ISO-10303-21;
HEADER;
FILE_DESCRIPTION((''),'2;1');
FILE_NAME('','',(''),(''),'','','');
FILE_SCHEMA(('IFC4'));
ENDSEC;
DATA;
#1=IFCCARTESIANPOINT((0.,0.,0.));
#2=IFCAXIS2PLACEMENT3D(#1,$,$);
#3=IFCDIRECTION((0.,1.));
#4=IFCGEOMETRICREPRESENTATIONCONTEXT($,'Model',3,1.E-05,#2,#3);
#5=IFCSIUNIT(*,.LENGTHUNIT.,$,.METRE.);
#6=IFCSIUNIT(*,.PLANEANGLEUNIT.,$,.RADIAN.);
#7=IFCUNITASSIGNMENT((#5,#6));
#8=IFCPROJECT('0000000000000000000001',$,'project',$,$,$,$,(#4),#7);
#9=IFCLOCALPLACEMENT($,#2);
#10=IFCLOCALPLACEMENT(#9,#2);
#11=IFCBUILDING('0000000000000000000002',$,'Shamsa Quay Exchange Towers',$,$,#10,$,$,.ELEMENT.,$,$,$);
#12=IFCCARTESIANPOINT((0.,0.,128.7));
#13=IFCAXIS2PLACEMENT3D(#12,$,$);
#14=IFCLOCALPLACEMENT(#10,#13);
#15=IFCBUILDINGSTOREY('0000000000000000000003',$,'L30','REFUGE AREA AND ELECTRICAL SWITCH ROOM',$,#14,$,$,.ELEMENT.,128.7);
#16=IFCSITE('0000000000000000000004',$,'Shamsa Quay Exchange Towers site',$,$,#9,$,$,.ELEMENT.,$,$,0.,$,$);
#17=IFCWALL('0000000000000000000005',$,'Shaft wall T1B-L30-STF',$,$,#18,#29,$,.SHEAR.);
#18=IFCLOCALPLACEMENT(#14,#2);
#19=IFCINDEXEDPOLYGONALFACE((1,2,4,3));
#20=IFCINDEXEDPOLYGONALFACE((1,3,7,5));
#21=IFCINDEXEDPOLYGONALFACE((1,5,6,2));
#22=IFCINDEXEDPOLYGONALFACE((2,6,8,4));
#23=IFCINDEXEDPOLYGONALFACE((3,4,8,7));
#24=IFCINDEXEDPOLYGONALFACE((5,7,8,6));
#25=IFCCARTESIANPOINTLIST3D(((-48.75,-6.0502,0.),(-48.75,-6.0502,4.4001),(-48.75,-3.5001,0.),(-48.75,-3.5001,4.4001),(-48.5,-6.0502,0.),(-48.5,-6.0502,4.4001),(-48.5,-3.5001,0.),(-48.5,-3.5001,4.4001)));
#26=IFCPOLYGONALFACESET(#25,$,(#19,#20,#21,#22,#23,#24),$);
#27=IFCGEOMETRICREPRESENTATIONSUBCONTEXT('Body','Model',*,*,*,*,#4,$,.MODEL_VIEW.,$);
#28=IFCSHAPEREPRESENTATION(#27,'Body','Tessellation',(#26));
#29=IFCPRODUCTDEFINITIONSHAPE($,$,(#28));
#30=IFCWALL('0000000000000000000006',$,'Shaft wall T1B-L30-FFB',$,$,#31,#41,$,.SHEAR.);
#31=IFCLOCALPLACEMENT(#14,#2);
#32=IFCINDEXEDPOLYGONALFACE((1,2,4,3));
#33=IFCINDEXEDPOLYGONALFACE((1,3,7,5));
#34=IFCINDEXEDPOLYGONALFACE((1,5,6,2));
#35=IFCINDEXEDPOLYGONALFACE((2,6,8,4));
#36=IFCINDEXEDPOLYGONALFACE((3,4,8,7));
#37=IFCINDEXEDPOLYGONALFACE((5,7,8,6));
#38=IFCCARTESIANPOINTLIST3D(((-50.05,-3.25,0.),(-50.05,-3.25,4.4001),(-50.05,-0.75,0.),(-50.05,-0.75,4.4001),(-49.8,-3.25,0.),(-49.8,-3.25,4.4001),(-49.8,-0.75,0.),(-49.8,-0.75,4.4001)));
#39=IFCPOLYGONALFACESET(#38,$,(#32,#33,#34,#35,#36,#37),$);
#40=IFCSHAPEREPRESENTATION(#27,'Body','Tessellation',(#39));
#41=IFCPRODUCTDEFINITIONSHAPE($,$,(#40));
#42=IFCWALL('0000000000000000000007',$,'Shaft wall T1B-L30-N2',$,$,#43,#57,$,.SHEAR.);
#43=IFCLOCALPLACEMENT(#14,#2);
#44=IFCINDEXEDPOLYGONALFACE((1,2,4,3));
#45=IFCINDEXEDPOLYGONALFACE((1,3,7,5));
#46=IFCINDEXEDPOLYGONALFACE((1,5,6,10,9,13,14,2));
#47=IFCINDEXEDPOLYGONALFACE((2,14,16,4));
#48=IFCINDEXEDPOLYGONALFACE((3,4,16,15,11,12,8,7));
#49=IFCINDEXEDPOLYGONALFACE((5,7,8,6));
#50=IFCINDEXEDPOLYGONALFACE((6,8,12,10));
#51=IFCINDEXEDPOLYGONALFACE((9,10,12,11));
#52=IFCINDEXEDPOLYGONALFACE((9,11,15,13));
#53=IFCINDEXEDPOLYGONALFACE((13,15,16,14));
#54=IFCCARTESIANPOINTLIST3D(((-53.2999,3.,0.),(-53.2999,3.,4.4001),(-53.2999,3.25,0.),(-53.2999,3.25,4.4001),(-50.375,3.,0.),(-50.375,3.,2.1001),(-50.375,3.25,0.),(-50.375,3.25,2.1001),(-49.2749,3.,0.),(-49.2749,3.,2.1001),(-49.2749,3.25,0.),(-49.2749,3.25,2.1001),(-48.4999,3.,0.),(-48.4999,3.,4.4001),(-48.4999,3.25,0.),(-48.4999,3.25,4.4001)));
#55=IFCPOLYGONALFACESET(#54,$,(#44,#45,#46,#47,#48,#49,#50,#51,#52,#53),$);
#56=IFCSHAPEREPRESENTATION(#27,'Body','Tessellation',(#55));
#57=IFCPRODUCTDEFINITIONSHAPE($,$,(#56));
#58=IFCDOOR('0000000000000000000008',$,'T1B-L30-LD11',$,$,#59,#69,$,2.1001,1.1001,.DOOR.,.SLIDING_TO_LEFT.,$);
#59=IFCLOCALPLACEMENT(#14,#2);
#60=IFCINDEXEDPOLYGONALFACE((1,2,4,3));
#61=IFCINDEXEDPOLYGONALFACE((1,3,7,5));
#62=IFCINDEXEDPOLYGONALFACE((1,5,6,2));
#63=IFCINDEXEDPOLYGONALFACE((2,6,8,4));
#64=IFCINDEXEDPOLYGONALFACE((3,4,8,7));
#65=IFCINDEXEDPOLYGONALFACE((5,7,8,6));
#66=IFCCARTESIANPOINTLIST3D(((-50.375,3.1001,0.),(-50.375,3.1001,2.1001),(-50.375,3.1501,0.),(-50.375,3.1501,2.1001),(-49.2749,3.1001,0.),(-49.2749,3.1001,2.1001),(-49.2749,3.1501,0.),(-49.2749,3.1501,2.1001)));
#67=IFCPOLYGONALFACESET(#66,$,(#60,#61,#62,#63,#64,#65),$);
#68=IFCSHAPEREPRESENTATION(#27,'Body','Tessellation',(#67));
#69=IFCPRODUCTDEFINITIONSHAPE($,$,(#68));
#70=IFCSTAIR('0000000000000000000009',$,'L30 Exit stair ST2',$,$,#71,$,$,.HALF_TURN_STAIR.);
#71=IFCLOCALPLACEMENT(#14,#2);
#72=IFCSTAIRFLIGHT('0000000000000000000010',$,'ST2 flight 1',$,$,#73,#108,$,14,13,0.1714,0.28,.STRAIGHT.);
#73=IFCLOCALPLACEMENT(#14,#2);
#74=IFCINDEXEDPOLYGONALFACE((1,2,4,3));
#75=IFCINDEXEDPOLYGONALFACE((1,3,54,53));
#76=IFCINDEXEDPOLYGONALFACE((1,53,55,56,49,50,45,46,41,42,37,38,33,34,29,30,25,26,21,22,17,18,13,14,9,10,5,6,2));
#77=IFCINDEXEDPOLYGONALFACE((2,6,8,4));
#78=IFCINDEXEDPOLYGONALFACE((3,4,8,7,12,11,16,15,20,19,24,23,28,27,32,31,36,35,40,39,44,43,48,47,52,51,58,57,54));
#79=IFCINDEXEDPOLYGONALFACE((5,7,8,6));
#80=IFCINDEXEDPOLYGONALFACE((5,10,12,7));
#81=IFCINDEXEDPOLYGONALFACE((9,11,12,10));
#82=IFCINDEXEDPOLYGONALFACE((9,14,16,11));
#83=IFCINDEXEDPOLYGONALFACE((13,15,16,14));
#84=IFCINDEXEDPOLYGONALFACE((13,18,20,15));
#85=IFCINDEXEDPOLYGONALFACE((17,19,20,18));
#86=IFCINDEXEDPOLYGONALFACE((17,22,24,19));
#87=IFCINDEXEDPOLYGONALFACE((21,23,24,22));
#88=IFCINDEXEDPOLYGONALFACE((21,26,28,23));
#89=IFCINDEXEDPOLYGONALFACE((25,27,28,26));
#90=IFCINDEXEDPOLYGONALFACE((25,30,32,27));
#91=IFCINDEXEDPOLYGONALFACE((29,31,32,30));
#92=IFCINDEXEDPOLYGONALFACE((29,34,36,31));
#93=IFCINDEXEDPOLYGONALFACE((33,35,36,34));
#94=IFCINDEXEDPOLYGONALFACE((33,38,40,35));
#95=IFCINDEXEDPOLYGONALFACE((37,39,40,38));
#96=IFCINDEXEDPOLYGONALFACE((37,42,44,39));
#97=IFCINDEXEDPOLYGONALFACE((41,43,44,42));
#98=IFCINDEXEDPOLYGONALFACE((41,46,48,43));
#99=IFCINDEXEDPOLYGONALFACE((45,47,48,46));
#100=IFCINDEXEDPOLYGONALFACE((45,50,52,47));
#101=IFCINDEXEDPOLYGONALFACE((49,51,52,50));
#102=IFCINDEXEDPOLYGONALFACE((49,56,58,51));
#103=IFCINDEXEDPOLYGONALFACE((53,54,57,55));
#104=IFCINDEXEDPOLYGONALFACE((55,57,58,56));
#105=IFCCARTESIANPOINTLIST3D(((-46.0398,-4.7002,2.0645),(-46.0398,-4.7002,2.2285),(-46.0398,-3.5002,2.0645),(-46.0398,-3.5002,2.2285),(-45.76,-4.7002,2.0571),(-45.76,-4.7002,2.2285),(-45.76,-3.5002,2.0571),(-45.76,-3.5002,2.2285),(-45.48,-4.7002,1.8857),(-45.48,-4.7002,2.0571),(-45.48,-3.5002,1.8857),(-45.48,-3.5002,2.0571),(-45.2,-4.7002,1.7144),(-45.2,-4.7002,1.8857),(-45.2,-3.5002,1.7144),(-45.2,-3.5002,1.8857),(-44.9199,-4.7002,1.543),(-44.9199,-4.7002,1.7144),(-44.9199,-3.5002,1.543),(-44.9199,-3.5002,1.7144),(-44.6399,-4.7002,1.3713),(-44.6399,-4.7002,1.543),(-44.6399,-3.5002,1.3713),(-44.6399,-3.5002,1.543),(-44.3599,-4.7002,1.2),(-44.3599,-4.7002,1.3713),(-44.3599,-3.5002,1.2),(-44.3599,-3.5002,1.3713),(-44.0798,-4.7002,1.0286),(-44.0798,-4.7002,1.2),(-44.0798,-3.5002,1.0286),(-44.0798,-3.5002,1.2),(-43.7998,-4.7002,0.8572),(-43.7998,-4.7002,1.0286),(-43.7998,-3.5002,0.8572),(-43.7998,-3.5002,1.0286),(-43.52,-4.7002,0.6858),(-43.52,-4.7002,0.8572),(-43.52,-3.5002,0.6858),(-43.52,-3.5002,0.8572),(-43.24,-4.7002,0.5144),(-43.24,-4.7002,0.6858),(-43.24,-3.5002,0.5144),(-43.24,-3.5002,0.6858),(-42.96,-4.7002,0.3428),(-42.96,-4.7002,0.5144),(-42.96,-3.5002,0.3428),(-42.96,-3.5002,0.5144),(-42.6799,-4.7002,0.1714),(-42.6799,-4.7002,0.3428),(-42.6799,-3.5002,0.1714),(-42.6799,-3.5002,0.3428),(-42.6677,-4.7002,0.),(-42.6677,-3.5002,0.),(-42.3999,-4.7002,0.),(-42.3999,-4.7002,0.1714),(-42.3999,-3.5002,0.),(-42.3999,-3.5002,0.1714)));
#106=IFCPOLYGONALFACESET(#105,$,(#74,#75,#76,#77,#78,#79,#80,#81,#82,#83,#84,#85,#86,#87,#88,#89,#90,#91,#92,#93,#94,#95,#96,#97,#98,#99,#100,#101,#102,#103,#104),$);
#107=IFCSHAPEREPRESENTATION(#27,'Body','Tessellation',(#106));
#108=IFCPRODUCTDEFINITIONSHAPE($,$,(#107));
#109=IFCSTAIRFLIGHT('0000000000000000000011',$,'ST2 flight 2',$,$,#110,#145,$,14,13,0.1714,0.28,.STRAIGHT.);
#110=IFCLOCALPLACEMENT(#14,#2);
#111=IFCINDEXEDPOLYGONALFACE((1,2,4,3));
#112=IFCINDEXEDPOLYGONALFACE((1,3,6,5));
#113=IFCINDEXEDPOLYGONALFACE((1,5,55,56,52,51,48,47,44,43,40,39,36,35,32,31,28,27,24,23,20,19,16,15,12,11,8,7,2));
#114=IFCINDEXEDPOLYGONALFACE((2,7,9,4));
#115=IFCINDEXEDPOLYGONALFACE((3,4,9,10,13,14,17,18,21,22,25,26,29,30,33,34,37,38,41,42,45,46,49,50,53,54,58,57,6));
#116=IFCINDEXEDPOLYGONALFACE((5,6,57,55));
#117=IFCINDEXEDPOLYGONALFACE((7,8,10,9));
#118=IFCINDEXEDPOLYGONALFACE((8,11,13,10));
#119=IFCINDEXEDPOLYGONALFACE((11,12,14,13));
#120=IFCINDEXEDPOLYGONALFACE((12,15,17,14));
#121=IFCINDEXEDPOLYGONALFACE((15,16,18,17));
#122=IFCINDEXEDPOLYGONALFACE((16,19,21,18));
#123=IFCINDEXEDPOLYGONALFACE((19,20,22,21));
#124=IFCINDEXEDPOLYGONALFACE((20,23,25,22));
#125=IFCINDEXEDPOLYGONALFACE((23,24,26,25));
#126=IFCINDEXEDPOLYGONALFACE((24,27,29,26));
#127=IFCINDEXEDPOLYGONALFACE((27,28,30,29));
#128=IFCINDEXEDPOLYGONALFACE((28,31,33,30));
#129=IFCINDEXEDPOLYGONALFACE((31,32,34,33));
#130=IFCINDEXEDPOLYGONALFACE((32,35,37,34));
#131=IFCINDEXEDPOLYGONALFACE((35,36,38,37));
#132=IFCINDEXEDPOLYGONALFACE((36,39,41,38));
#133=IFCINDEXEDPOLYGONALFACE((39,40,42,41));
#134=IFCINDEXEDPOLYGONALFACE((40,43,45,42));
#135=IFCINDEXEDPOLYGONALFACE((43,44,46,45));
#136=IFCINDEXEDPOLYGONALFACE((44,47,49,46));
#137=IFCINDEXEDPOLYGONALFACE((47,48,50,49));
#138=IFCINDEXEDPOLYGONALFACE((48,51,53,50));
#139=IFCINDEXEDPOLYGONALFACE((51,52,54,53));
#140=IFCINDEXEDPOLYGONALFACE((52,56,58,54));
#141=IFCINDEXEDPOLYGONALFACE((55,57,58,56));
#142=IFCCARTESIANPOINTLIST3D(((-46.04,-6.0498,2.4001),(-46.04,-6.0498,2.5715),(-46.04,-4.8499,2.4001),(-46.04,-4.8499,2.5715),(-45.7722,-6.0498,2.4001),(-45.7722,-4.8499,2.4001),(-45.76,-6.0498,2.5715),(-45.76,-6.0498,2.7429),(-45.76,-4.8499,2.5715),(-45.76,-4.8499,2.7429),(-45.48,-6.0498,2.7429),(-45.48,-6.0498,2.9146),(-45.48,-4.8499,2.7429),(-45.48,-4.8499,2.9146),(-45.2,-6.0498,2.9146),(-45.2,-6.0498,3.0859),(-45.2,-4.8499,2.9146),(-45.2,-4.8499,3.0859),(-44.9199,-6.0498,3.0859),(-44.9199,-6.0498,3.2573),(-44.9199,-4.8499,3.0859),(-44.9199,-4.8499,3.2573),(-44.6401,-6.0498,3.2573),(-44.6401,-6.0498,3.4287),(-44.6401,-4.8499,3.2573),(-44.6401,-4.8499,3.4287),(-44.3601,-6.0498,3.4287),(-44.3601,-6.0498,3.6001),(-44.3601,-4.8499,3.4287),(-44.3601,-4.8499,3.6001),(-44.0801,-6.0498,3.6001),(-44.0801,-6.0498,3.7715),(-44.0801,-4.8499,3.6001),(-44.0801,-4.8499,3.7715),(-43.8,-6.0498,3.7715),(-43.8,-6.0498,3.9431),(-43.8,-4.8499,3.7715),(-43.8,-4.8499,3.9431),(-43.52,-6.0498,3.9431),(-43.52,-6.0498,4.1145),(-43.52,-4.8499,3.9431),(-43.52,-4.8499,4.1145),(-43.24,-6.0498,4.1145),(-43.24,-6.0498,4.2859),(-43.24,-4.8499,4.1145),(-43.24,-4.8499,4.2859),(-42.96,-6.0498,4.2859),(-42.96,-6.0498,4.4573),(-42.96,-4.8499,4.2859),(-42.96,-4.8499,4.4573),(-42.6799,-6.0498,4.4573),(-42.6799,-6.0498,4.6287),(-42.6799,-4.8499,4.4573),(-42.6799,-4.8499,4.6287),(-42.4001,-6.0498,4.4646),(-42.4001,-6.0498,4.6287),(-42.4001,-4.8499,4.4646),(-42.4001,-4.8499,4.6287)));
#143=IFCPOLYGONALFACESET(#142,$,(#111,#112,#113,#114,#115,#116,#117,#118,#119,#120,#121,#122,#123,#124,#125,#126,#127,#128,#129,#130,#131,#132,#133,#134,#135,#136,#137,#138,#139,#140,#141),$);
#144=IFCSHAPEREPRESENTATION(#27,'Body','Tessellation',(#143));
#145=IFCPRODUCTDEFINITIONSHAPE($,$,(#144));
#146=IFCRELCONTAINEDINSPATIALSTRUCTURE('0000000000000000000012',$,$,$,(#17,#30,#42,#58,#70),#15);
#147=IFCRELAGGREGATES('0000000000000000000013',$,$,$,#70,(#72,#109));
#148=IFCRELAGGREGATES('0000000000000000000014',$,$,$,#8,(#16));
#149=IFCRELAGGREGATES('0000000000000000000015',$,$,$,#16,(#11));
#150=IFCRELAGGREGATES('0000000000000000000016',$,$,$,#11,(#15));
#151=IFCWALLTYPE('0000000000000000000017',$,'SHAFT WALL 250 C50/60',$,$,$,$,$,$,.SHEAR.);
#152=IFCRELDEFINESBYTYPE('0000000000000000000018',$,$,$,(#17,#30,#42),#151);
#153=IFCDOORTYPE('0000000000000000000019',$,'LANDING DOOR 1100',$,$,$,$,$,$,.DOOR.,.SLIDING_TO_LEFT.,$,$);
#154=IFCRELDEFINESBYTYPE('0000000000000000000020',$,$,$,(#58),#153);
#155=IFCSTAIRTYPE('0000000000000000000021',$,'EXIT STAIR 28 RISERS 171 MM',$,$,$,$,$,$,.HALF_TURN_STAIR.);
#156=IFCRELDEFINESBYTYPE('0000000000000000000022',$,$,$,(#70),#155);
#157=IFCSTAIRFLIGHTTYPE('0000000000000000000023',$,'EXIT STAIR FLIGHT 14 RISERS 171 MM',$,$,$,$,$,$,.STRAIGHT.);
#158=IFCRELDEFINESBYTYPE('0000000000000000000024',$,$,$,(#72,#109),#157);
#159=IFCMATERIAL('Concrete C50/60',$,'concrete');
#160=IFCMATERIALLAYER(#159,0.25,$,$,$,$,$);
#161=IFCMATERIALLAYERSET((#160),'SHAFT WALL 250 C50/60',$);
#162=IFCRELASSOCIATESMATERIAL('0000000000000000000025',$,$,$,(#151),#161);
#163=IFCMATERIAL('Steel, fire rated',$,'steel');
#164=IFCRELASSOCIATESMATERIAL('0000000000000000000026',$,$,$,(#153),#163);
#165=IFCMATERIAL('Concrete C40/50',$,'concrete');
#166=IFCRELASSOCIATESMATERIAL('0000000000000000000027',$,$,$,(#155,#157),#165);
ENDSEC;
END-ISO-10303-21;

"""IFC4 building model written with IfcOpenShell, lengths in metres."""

from ifc_helpers import new_model, si_unit, direction, frame, frame_2d, origin, place, context, subcontext, project, spatial, polyline, rectangle, outline, extrude, material, layer, layer_set, type_object, element, fill, aggregate, save


model = new_model("IFC4")

# Units and contexts
model_context = context("Model", 3, precision=1e-05, world=origin(), true_north=direction((0.0, 1.0)))
body_context = subcontext(model_context, "Body", "Model", "MODEL_VIEW")
ifc_project = project(units=[si_unit("LENGTHUNIT", "METRE"), si_unit("PLANEANGLEUNIT", "RADIAN")], contexts=[model_context])

# Site, building, storey
site_placement = place(None, origin())
site = spatial("IfcSite", under=ifc_project, at=site_placement, Name="Shamsa Quay Exchange Towers site", CompositionType="ELEMENT", RefElevation=0.0)
building_placement = place(site_placement, origin())
building = spatial("IfcBuilding", under=site, at=building_placement, Name="Shamsa Quay Exchange Towers", CompositionType="ELEMENT")
storey_placement = place(building_placement, frame((0.0, 0.0, 128.7)))
storey = spatial("IfcBuildingStorey", under=building, at=storey_placement, Name="L30", Description="REFUGE AREA AND ELECTRICAL SWITCH ROOM", CompositionType="ELEMENT", Elevation=128.7)

# Shared definitions
ifc_material_1 = material(Name="Steel, fire rated", Category="steel")

# Wall
ifc_material_2 = material(Name="Concrete C50/60", Category="concrete")
ifc_layer_1 = layer(ifc_material_2, 0.25)
ifc_layer_set_1 = layer_set([ifc_layer_1], Name="SHAFT WALL 250 C50/60")
wall_type_1 = type_object("IfcWallType", Name="SHAFT WALL 250 C50/60", PredefinedType="SHEAR", material=ifc_layer_set_1)
wall_1_placement = place(storey_placement, frame((-48.625, -6.05, 0.0), z_axis=(0.0, 0.0, 1.0), x_axis=(0.0, 1.0, 0.0)))
element("IfcWall", 1, at=wall_1_placement, inside=storey, type_object=wall_type_1, Name="Shaft wall T1B-L30-STF", PredefinedType="SHEAR", context=body_context, shape_type="SweptSolid", body=[
    extrude(rectangle(XDim=2.55, YDim=0.25, at=frame_2d((1.2749, 0.0))), origin(), (0.0, 0.0, 1.0), 4.4001),
])

# Wall
wall_2_placement = place(storey_placement, frame((-49.925, -3.25, 0.0), z_axis=(0.0, 0.0, 1.0), x_axis=(0.0, 1.0, 0.0)))
element("IfcWall", 2, at=wall_2_placement, inside=storey, type_object=wall_type_1, Name="Shaft wall T1B-L30-FFB", PredefinedType="SHEAR", context=body_context, shape_type="SweptSolid", body=[
    extrude(rectangle(XDim=2.5, YDim=0.25, at=frame_2d((1.25, 0.0))), origin(), (0.0, 0.0, 1.0), 4.4001),
])

# Wall, opening, door
wall_3_placement = place(storey_placement, frame((-48.5, 3.125, 0.0), z_axis=(0.0, 0.0, 1.0), x_axis=(-1.0, 0.0, 0.0)))
wall_3 = element("IfcWall", 3, at=wall_3_placement, inside=storey, type_object=wall_type_1, Name="Shaft wall T1B-L30-N2", PredefinedType="SHEAR", context=body_context, shape_type="SweptSolid", body=[
    extrude(rectangle(XDim=4.8, YDim=0.25, at=frame_2d((2.3999, 0.0))), origin(), (0.0, 0.0, 1.0), 4.4001),
])
opening_1_placement = place(wall_3_placement, frame((0.7749, 0.0, 0.0)))
opening_1 = element("IfcOpeningElement", 4, at=opening_1_placement, cuts=wall_3, PredefinedType="OPENING", context=body_context, shape_type="SweptSolid", body=[
    extrude(rectangle(XDim=1.1001, YDim=2.1001, at=frame_2d((0.55, 1.05))), frame((0.0, 0.135, 0.0), z_axis=(0.0, -1.0, 0.0), x_axis=(1.0, 0.0, 0.0)), (0.0, 0.0, 1.0), 0.27),
])
door_type_1 = type_object("IfcDoorType", Name="LANDING DOOR 1100", OperationType="SLIDING_TO_LEFT", PredefinedType="DOOR", material=ifc_material_1)
door_1_placement = place(opening_1_placement, origin())
door_1 = element("IfcDoor", 5, at=door_1_placement, inside=storey, type_object=door_type_1, Name="T1B-L30-LD11", OperationType="SLIDING_TO_LEFT", OverallHeight=2.1001, OverallWidth=1.1001, PredefinedType="DOOR", context=body_context, shape_type="SweptSolid", body=[
    extrude(rectangle(XDim=1.1001, YDim=2.1001, at=frame_2d((0.55, 1.05))), frame((0.0, 0.0249, 0.0), z_axis=(0.0, -1.0, 0.0), x_axis=(1.0, 0.0, 0.0)), (0.0, 0.0, 1.0), 0.05),
])
fill(opening_1, door_1)

# Stair, stair flights
ifc_material_3 = material(Name="Concrete C40/50", Category="concrete")
stair_type = type_object("IfcStairType", Name="EXIT STAIR 28 RISERS 171 MM", PredefinedType="HALF_TURN_STAIR", material=ifc_material_3)
stair_placement = place(storey_placement, origin())
stair = element("IfcStair", 6, at=stair_placement, inside=storey, type_object=stair_type, Name="L30 Exit stair ST2", PredefinedType="HALF_TURN_STAIR")
stair_flight_type = type_object("IfcStairFlightType", Name="EXIT STAIR FLIGHT 14 RISERS 171 MM", PredefinedType="STRAIGHT", material=ifc_material_3)
stair_flight_1_placement = place(storey_placement, frame((-42.3999, -4.1001, 0.0), z_axis=(0.0, 0.0, 1.0), x_axis=(-1.0, 0.0, 0.0)))
stair_flight_1 = element("IfcStairFlight", 7, at=stair_flight_1_placement, type_object=stair_flight_type, Name="ST2 flight 1", NumberOfRisers=14, NumberOfTreads=13, PredefinedType="STRAIGHT", RiserHeight=0.1714, TreadLength=0.28, context=body_context, shape_type="SweptSolid", body=[
    extrude(outline(polyline([(0.0, 0.0), (0.0, 0.1714), (0.28, 0.1714), (0.28, 0.3428), (0.5601, 0.3428), (0.5601, 0.5144), (0.8401, 0.5144), (0.8401, 0.6858), (1.1201, 0.6858), (1.1201, 0.8572), (1.3999, 0.8572), (1.3999, 1.0286), (1.6799, 1.0286), (1.6799, 1.2), (1.96, 1.2), (1.96, 1.3713), (2.24, 1.3713), (2.24, 1.543), (2.52, 1.543), (2.52, 1.7144), (2.8, 1.7144), (2.8, 1.8857), (3.0801, 1.8857), (3.0801, 2.0571), (3.3601, 2.0571), (3.3601, 2.2285), (3.6399, 2.2285), (3.6399, 2.3999), (3.6399, 2.0645), (0.2678, 0.0), (0.0, 0.0)])), frame((0.0, 0.6001, 0.0), z_axis=(0.0, -1.0, 0.0), x_axis=(1.0, 0.0, 0.0)), (0.0, 0.0, 1.0), 1.2),
])
stair_flight_2_placement = place(storey_placement, frame((-46.04, -5.45, 2.4001)))
stair_flight_2 = element("IfcStairFlight", 8, at=stair_flight_2_placement, type_object=stair_flight_type, Name="ST2 flight 2", NumberOfRisers=14, NumberOfTreads=13, PredefinedType="STRAIGHT", RiserHeight=0.1714, TreadLength=0.28, context=body_context, shape_type="SweptSolid", body=[
    extrude(outline(polyline([(0.0, 0.0), (0.0, 0.1714), (0.28, 0.1714), (0.28, 0.3428), (0.5601, 0.3428), (0.5601, 0.5144), (0.8401, 0.5144), (0.8401, 0.6858), (1.1201, 0.6858), (1.1201, 0.8572), (1.3999, 0.8572), (1.3999, 1.0286), (1.6799, 1.0286), (1.6799, 1.2), (1.96, 1.2), (1.96, 1.3713), (2.24, 1.3713), (2.24, 1.543), (2.52, 1.543), (2.52, 1.7144), (2.8, 1.7144), (2.8, 1.8857), (3.0801, 1.8857), (3.0801, 2.0571), (3.3601, 2.0571), (3.3601, 2.2285), (3.6399, 2.2285), (3.6399, 2.3999), (3.6399, 2.0645), (0.2678, 0.0), (0.0, 0.0)])), frame((0.0, 0.6001, 0.0), z_axis=(0.0, -1.0, 0.0), x_axis=(1.0, 0.0, 0.0)), (0.0, 0.0, 1.0), 1.2),
])
aggregate(stair, [stair_flight_1, stair_flight_2])

save(model, "model.ifc")
